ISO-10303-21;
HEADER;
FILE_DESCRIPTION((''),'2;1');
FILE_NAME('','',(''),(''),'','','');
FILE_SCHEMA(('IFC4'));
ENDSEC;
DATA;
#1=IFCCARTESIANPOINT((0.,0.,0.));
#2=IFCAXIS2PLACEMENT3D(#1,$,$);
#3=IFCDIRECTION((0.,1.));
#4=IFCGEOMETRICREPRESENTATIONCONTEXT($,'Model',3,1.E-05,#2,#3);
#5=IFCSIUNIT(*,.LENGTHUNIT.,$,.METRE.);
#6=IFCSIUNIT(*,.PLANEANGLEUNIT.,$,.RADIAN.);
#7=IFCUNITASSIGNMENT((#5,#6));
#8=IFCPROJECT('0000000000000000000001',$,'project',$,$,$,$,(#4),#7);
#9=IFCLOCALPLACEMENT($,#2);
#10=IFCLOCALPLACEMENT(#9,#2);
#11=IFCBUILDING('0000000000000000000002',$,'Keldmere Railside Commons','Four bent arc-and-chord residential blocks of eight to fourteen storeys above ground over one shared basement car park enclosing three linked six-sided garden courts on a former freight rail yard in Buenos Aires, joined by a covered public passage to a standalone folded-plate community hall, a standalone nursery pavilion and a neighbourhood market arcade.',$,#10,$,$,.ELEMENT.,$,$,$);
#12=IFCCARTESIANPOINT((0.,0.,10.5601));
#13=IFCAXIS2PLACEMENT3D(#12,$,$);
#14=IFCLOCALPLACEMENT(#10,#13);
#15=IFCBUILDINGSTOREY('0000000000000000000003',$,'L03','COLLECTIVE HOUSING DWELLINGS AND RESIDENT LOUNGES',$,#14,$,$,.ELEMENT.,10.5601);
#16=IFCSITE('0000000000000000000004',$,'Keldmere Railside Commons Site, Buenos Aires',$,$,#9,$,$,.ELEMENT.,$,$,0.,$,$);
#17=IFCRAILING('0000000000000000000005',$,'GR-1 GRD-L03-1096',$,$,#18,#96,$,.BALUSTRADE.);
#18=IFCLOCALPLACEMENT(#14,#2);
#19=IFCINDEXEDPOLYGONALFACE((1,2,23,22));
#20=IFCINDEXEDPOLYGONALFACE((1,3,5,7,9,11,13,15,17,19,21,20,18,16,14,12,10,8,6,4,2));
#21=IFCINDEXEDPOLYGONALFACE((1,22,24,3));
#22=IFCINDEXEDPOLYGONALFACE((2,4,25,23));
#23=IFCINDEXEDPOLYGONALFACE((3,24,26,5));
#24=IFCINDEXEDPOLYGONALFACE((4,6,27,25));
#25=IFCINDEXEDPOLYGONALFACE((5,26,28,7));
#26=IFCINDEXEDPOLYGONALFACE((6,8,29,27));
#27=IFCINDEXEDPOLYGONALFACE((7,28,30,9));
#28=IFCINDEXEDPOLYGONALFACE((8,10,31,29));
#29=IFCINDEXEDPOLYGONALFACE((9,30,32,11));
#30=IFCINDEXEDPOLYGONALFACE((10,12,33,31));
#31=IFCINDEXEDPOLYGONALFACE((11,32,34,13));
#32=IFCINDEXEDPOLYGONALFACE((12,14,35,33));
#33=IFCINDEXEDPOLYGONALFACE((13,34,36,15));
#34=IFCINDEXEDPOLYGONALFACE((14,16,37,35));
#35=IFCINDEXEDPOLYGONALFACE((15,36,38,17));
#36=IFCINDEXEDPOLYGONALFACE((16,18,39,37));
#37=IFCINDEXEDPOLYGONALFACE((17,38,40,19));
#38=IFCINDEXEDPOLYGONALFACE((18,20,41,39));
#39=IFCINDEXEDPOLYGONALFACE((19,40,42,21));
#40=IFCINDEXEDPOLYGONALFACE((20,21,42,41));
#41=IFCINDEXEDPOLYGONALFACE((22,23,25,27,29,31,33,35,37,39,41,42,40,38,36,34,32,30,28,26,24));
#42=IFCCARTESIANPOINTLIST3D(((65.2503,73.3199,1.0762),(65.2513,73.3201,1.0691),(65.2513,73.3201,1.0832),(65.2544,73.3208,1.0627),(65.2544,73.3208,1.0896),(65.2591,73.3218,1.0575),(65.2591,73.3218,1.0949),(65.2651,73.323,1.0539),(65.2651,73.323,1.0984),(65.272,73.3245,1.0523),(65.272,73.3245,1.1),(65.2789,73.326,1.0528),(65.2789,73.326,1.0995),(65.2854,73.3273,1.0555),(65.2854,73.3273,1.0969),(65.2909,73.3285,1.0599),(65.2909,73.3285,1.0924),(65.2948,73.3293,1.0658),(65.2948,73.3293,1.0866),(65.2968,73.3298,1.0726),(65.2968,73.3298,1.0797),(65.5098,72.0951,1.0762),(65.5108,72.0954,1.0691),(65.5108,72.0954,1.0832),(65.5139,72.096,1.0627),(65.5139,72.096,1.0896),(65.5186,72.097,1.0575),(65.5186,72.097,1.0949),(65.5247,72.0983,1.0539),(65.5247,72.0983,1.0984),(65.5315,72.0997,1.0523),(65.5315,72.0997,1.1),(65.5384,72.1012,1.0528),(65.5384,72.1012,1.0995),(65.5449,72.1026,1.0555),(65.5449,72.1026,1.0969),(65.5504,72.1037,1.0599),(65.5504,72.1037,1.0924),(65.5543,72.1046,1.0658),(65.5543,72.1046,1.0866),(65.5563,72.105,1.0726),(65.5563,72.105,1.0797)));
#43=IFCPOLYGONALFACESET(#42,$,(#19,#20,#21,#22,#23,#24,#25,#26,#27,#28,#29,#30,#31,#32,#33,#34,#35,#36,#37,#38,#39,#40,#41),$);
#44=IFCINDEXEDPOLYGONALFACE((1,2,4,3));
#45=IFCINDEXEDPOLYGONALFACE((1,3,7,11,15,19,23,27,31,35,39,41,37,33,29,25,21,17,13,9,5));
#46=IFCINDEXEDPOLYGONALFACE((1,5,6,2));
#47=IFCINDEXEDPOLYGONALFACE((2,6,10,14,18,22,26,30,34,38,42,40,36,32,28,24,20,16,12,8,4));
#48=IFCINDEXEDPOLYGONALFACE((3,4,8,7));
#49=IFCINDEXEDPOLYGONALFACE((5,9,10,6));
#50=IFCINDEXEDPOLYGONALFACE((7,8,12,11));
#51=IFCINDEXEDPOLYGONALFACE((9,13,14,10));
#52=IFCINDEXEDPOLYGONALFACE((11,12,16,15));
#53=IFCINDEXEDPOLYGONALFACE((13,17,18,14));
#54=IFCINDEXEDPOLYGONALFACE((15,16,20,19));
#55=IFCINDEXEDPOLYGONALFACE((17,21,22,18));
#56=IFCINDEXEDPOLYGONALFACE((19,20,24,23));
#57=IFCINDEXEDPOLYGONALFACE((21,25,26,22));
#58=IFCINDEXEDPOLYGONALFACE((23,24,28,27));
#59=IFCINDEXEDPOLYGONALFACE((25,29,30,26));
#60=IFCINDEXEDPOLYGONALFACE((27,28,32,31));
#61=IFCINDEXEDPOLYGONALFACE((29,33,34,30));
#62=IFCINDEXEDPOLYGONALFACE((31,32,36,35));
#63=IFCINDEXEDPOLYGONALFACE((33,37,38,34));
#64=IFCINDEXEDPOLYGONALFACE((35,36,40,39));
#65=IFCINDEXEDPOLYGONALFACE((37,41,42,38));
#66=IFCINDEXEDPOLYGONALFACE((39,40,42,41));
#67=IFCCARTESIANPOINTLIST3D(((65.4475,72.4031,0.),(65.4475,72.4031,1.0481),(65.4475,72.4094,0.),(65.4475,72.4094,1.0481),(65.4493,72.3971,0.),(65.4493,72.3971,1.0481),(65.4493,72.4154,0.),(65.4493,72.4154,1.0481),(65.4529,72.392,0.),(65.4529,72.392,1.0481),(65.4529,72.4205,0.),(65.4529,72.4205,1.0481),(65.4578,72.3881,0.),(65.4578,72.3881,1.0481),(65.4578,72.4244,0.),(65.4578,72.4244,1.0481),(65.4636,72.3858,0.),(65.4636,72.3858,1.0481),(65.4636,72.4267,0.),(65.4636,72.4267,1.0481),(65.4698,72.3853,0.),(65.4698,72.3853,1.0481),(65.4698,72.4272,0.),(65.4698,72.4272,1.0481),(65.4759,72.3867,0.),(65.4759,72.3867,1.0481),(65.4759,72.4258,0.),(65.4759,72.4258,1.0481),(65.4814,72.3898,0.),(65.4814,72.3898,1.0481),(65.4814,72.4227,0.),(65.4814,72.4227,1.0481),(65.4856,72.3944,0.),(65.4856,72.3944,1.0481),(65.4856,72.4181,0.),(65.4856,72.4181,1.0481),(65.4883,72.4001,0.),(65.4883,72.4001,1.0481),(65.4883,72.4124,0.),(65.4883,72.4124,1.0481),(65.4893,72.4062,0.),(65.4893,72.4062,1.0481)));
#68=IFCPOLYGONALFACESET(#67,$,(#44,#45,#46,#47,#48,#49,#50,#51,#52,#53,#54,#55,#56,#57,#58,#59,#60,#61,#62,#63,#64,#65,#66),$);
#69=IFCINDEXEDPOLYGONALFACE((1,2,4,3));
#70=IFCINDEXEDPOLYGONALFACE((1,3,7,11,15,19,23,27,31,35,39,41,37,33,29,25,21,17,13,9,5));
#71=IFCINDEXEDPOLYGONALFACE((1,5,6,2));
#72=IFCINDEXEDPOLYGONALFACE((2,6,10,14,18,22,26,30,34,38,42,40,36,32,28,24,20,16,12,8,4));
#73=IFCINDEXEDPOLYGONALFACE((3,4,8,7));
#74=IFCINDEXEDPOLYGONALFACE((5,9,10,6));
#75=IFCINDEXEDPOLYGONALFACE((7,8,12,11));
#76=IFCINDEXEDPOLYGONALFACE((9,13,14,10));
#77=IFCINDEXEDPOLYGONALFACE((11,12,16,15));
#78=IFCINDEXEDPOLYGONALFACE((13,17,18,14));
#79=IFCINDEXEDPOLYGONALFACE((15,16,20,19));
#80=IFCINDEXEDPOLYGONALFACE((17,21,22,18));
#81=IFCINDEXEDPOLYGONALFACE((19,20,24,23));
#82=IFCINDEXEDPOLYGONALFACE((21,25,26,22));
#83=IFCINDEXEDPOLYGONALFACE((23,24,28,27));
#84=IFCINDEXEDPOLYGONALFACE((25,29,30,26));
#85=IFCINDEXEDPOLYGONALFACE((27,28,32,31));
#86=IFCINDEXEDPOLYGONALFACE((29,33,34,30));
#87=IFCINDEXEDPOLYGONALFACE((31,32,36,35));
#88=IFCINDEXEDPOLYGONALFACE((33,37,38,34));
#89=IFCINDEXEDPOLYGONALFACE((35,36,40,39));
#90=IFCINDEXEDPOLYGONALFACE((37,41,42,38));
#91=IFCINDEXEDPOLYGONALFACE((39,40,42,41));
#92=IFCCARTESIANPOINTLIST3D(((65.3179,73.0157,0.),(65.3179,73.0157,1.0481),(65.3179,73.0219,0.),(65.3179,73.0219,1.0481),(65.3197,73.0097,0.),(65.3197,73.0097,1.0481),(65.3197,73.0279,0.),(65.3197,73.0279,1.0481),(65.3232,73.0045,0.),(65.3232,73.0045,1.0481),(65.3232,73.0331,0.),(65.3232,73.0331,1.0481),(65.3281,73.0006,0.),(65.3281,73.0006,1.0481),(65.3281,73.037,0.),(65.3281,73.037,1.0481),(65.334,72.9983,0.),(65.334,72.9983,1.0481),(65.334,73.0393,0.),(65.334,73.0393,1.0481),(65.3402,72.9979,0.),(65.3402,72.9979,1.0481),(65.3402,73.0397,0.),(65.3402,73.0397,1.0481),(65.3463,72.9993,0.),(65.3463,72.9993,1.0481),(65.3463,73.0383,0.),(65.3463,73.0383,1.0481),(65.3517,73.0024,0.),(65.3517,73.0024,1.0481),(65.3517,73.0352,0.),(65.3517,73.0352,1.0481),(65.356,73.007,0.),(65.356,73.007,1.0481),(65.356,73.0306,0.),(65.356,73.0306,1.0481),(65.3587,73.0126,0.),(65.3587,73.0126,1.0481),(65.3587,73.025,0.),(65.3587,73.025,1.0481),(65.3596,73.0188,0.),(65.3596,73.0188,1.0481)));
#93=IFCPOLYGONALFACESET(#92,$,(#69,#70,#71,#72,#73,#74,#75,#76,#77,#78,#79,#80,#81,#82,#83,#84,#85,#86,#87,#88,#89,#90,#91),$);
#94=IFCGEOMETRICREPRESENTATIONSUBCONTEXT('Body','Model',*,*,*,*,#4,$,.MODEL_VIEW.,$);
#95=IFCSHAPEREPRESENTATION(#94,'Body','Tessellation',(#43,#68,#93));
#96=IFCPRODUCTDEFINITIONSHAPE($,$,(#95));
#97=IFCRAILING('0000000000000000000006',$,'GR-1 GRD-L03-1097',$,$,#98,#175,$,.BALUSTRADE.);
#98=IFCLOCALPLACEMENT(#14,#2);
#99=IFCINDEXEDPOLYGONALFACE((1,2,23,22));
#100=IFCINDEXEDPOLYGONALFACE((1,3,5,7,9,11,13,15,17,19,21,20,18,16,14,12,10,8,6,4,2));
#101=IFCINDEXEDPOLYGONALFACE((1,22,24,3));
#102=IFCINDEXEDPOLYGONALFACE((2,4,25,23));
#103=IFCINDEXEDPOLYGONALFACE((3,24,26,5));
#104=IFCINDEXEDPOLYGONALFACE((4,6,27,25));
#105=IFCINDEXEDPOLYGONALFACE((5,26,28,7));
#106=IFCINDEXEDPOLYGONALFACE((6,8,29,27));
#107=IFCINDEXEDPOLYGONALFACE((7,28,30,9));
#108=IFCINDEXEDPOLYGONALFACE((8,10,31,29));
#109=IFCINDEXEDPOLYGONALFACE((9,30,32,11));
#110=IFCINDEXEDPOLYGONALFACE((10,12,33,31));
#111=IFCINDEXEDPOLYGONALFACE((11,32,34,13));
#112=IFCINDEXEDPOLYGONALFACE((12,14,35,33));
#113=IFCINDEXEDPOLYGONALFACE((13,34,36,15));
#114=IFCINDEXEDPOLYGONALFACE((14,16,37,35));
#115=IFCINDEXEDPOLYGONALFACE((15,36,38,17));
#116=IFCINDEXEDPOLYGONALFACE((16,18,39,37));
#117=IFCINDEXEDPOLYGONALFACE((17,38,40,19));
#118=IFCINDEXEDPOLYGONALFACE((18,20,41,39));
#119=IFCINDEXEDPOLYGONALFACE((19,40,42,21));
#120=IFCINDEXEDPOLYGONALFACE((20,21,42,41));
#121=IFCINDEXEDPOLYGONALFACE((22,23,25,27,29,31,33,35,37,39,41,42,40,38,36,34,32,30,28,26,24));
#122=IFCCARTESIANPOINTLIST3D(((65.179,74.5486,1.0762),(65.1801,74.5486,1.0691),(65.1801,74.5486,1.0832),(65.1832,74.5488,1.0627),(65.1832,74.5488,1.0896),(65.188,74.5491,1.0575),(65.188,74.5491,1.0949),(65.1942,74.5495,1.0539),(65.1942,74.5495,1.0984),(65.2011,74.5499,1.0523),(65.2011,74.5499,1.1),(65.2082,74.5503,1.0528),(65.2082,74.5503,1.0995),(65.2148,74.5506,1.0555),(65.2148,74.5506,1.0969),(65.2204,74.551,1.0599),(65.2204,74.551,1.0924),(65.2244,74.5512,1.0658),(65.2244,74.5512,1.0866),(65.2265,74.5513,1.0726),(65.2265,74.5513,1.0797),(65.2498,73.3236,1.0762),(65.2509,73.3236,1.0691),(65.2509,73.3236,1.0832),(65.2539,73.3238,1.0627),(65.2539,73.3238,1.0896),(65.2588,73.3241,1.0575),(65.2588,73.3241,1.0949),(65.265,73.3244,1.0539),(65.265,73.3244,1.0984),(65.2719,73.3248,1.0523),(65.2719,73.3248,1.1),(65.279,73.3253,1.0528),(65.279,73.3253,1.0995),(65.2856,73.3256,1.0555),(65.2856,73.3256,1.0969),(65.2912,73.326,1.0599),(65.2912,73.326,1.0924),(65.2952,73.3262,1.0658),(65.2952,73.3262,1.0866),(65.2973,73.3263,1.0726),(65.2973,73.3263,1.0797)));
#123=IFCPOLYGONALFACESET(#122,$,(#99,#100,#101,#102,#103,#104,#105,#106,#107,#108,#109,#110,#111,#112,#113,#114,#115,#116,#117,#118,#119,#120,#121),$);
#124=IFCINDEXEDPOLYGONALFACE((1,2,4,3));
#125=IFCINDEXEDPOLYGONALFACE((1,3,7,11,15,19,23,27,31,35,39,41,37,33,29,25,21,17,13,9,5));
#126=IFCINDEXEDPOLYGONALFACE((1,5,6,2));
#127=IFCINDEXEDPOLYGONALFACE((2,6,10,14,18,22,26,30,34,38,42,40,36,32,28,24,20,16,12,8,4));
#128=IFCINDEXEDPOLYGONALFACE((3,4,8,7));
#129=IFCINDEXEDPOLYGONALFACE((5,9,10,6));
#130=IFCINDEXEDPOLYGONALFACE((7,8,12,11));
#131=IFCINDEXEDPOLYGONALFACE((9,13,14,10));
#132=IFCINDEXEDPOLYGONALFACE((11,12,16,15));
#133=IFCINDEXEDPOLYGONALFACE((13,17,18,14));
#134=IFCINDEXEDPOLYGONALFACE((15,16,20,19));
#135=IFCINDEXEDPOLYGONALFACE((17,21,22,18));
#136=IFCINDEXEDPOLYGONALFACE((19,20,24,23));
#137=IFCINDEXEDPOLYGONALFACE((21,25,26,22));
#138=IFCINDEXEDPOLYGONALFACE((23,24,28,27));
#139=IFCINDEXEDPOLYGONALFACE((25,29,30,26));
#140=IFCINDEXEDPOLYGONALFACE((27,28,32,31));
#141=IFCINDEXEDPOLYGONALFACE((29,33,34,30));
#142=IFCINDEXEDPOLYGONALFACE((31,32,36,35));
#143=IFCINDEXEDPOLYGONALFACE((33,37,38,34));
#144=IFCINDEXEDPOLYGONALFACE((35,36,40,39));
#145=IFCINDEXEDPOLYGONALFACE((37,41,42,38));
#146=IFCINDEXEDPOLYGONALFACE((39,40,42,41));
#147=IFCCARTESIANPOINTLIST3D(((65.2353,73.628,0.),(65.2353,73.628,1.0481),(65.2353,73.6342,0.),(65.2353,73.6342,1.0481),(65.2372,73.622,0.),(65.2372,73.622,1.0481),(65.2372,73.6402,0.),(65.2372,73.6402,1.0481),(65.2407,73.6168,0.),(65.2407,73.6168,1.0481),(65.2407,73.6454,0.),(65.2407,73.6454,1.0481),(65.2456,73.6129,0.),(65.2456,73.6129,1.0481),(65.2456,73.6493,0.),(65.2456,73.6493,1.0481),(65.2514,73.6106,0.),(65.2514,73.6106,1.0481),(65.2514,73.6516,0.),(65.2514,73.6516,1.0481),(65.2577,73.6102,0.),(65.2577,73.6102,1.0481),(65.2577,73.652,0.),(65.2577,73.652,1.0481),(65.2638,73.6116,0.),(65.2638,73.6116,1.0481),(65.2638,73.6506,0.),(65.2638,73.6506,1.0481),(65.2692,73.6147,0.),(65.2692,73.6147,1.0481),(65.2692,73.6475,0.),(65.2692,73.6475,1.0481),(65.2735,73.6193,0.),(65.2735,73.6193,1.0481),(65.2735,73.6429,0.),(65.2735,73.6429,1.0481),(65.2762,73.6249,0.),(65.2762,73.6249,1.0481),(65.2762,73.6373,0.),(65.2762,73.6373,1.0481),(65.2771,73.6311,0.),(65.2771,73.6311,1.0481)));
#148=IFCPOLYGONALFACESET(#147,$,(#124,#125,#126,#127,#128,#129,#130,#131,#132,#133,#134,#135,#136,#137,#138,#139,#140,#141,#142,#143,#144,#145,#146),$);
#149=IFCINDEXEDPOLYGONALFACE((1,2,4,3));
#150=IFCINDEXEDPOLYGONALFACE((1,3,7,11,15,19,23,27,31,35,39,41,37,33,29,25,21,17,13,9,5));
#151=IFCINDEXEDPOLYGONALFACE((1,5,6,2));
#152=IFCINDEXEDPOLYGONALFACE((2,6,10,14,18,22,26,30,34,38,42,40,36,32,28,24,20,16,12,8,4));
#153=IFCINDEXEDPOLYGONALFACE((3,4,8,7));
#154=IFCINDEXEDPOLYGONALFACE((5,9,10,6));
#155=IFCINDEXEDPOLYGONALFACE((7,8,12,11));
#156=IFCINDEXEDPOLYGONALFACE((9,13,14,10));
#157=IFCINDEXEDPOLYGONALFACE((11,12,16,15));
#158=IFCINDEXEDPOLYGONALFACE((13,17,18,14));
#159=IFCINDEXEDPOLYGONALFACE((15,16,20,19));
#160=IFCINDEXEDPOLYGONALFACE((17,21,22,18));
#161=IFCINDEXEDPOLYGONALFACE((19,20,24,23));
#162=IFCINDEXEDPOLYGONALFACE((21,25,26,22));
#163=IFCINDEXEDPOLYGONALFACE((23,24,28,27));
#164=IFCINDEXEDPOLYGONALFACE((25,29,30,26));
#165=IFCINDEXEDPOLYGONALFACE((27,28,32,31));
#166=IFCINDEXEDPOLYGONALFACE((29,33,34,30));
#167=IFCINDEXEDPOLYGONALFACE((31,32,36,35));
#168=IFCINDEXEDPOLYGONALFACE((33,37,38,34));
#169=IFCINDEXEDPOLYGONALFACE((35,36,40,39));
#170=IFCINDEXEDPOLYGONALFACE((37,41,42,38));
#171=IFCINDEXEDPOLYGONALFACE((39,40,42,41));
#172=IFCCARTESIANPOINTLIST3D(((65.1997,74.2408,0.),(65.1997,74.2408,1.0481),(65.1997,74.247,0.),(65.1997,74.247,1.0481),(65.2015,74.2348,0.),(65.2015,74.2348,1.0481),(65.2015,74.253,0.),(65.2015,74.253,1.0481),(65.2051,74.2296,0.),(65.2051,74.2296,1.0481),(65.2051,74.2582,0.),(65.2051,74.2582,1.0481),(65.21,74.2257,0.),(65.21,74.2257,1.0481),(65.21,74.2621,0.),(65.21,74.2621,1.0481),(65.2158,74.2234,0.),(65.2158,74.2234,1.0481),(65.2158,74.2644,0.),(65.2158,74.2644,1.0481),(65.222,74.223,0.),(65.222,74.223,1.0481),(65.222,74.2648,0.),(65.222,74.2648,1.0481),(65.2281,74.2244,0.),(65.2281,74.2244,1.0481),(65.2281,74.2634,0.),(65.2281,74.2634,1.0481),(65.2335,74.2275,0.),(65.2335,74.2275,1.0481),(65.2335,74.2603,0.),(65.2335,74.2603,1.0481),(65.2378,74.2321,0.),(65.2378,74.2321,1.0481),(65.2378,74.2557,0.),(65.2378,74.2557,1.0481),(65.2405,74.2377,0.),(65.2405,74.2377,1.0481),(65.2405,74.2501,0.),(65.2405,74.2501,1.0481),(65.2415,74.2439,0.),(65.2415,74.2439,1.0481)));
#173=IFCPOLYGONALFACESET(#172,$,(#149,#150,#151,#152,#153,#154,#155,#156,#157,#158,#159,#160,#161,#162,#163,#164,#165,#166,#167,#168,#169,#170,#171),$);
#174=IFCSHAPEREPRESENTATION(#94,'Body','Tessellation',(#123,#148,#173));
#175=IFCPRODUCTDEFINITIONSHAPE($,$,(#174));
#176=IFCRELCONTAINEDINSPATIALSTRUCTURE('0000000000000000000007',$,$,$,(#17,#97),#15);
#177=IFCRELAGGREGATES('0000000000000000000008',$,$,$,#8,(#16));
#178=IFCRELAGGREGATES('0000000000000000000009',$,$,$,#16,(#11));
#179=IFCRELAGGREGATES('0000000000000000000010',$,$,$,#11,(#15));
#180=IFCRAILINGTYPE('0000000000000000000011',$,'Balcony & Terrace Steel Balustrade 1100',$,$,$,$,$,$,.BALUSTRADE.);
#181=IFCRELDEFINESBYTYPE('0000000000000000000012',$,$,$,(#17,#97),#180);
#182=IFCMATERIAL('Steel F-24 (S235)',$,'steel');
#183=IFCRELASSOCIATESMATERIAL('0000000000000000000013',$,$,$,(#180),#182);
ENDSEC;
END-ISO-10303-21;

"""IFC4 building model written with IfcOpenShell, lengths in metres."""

from ifc_helpers import new_model, si_unit, direction, frame, origin, origin_2d, place, context, subcontext, project, spatial, circle, extrude, material, type_object, element, save


model = new_model("IFC4")

# Units and contexts
model_context = context("Model", 3, precision=1e-05, world=origin(), true_north=direction((0.0, 1.0)))
body_context = subcontext(model_context, "Body", "Model", "MODEL_VIEW")
ifc_project = project(units=[si_unit("LENGTHUNIT", "METRE"), si_unit("PLANEANGLEUNIT", "RADIAN")], contexts=[model_context])

# Site, building, storey
site_placement = place(None, origin())
site = spatial("IfcSite", under=ifc_project, at=site_placement, Name="Keldmere Railside Commons Site, Buenos Aires", CompositionType="ELEMENT", RefElevation=0.0)
building_placement = place(site_placement, origin())
building = spatial("IfcBuilding", under=site, at=building_placement, Name="Keldmere Railside Commons", Description="Four bent arc-and-chord residential blocks of eight to fourteen storeys above ground over one shared basement car park enclosing three linked six-sided garden courts on a former freight rail yard in Buenos Aires, joined by a covered public passage to a standalone folded-plate community hall, a standalone nursery pavilion and a neighbourhood market arcade.", CompositionType="ELEMENT")
storey_placement = place(building_placement, frame((0.0, 0.0, 10.5601)))
storey = spatial("IfcBuildingStorey", under=building, at=storey_placement, Name="L03", Description="COLLECTIVE HOUSING DWELLINGS AND RESIDENT LOUNGES", CompositionType="ELEMENT", Elevation=10.5601)

# Railings
ifc_material_1 = material(Name="Steel F-24 (S235)", Category="steel")
railing_type = type_object("IfcRailingType", Name="Balcony & Terrace Steel Balustrade 1100", PredefinedType="BALUSTRADE", material=ifc_material_1)
railing_1_placement = place(storey_placement, frame((65.5332, 72.1001, 0.0)))
element("IfcRailing", 1, at=railing_1_placement, inside=storey, type_object=railing_type, Name="GR-1 GRD-L03-1096", PredefinedType="BALUSTRADE", context=body_context, shape_type="SweptSolid", body=[
    extrude(circle(Radius=0.0239, at=origin_2d()), frame((0.0, 0.0, 1.0762), z_axis=(-0.207278, 0.978282, 0.0), x_axis=(-0.978282, -0.207278, 0.0)), (0.0, 0.0, 1.0), 1.252),
    extrude(circle(Radius=0.021, at=origin_2d()), frame((-0.0649, 0.3062, 0.0)), (0.0, 0.0, 1.0), 1.0481),
    extrude(circle(Radius=0.021, at=origin_2d()), frame((-0.1946, 0.9187, 0.0)), (0.0, 0.0, 1.0), 1.0481),
])
railing_2_placement = place(storey_placement, frame((65.2737, 73.325, 0.0)))
element("IfcRailing", 2, at=railing_2_placement, inside=storey, type_object=railing_type, Name="GR-1 GRD-L03-1097", PredefinedType="BALUSTRADE", context=body_context, shape_type="SweptSolid", body=[
    extrude(circle(Radius=0.0239, at=origin_2d()), frame((0.0, 0.0, 1.0762), z_axis=(-0.057696, 0.998334, 0.0), x_axis=(-0.998334, -0.057696, 0.0)), (0.0, 0.0, 1.0), 1.2271),
    extrude(circle(Radius=0.021, at=origin_2d()), frame((-0.0176, 0.3062, 0.0)), (0.0, 0.0, 1.0), 1.0481),
    extrude(circle(Radius=0.021, at=origin_2d()), frame((-0.0532, 0.9189, 0.0)), (0.0, 0.0, 1.0), 1.0481),
])

save(model, "model.ifc")
